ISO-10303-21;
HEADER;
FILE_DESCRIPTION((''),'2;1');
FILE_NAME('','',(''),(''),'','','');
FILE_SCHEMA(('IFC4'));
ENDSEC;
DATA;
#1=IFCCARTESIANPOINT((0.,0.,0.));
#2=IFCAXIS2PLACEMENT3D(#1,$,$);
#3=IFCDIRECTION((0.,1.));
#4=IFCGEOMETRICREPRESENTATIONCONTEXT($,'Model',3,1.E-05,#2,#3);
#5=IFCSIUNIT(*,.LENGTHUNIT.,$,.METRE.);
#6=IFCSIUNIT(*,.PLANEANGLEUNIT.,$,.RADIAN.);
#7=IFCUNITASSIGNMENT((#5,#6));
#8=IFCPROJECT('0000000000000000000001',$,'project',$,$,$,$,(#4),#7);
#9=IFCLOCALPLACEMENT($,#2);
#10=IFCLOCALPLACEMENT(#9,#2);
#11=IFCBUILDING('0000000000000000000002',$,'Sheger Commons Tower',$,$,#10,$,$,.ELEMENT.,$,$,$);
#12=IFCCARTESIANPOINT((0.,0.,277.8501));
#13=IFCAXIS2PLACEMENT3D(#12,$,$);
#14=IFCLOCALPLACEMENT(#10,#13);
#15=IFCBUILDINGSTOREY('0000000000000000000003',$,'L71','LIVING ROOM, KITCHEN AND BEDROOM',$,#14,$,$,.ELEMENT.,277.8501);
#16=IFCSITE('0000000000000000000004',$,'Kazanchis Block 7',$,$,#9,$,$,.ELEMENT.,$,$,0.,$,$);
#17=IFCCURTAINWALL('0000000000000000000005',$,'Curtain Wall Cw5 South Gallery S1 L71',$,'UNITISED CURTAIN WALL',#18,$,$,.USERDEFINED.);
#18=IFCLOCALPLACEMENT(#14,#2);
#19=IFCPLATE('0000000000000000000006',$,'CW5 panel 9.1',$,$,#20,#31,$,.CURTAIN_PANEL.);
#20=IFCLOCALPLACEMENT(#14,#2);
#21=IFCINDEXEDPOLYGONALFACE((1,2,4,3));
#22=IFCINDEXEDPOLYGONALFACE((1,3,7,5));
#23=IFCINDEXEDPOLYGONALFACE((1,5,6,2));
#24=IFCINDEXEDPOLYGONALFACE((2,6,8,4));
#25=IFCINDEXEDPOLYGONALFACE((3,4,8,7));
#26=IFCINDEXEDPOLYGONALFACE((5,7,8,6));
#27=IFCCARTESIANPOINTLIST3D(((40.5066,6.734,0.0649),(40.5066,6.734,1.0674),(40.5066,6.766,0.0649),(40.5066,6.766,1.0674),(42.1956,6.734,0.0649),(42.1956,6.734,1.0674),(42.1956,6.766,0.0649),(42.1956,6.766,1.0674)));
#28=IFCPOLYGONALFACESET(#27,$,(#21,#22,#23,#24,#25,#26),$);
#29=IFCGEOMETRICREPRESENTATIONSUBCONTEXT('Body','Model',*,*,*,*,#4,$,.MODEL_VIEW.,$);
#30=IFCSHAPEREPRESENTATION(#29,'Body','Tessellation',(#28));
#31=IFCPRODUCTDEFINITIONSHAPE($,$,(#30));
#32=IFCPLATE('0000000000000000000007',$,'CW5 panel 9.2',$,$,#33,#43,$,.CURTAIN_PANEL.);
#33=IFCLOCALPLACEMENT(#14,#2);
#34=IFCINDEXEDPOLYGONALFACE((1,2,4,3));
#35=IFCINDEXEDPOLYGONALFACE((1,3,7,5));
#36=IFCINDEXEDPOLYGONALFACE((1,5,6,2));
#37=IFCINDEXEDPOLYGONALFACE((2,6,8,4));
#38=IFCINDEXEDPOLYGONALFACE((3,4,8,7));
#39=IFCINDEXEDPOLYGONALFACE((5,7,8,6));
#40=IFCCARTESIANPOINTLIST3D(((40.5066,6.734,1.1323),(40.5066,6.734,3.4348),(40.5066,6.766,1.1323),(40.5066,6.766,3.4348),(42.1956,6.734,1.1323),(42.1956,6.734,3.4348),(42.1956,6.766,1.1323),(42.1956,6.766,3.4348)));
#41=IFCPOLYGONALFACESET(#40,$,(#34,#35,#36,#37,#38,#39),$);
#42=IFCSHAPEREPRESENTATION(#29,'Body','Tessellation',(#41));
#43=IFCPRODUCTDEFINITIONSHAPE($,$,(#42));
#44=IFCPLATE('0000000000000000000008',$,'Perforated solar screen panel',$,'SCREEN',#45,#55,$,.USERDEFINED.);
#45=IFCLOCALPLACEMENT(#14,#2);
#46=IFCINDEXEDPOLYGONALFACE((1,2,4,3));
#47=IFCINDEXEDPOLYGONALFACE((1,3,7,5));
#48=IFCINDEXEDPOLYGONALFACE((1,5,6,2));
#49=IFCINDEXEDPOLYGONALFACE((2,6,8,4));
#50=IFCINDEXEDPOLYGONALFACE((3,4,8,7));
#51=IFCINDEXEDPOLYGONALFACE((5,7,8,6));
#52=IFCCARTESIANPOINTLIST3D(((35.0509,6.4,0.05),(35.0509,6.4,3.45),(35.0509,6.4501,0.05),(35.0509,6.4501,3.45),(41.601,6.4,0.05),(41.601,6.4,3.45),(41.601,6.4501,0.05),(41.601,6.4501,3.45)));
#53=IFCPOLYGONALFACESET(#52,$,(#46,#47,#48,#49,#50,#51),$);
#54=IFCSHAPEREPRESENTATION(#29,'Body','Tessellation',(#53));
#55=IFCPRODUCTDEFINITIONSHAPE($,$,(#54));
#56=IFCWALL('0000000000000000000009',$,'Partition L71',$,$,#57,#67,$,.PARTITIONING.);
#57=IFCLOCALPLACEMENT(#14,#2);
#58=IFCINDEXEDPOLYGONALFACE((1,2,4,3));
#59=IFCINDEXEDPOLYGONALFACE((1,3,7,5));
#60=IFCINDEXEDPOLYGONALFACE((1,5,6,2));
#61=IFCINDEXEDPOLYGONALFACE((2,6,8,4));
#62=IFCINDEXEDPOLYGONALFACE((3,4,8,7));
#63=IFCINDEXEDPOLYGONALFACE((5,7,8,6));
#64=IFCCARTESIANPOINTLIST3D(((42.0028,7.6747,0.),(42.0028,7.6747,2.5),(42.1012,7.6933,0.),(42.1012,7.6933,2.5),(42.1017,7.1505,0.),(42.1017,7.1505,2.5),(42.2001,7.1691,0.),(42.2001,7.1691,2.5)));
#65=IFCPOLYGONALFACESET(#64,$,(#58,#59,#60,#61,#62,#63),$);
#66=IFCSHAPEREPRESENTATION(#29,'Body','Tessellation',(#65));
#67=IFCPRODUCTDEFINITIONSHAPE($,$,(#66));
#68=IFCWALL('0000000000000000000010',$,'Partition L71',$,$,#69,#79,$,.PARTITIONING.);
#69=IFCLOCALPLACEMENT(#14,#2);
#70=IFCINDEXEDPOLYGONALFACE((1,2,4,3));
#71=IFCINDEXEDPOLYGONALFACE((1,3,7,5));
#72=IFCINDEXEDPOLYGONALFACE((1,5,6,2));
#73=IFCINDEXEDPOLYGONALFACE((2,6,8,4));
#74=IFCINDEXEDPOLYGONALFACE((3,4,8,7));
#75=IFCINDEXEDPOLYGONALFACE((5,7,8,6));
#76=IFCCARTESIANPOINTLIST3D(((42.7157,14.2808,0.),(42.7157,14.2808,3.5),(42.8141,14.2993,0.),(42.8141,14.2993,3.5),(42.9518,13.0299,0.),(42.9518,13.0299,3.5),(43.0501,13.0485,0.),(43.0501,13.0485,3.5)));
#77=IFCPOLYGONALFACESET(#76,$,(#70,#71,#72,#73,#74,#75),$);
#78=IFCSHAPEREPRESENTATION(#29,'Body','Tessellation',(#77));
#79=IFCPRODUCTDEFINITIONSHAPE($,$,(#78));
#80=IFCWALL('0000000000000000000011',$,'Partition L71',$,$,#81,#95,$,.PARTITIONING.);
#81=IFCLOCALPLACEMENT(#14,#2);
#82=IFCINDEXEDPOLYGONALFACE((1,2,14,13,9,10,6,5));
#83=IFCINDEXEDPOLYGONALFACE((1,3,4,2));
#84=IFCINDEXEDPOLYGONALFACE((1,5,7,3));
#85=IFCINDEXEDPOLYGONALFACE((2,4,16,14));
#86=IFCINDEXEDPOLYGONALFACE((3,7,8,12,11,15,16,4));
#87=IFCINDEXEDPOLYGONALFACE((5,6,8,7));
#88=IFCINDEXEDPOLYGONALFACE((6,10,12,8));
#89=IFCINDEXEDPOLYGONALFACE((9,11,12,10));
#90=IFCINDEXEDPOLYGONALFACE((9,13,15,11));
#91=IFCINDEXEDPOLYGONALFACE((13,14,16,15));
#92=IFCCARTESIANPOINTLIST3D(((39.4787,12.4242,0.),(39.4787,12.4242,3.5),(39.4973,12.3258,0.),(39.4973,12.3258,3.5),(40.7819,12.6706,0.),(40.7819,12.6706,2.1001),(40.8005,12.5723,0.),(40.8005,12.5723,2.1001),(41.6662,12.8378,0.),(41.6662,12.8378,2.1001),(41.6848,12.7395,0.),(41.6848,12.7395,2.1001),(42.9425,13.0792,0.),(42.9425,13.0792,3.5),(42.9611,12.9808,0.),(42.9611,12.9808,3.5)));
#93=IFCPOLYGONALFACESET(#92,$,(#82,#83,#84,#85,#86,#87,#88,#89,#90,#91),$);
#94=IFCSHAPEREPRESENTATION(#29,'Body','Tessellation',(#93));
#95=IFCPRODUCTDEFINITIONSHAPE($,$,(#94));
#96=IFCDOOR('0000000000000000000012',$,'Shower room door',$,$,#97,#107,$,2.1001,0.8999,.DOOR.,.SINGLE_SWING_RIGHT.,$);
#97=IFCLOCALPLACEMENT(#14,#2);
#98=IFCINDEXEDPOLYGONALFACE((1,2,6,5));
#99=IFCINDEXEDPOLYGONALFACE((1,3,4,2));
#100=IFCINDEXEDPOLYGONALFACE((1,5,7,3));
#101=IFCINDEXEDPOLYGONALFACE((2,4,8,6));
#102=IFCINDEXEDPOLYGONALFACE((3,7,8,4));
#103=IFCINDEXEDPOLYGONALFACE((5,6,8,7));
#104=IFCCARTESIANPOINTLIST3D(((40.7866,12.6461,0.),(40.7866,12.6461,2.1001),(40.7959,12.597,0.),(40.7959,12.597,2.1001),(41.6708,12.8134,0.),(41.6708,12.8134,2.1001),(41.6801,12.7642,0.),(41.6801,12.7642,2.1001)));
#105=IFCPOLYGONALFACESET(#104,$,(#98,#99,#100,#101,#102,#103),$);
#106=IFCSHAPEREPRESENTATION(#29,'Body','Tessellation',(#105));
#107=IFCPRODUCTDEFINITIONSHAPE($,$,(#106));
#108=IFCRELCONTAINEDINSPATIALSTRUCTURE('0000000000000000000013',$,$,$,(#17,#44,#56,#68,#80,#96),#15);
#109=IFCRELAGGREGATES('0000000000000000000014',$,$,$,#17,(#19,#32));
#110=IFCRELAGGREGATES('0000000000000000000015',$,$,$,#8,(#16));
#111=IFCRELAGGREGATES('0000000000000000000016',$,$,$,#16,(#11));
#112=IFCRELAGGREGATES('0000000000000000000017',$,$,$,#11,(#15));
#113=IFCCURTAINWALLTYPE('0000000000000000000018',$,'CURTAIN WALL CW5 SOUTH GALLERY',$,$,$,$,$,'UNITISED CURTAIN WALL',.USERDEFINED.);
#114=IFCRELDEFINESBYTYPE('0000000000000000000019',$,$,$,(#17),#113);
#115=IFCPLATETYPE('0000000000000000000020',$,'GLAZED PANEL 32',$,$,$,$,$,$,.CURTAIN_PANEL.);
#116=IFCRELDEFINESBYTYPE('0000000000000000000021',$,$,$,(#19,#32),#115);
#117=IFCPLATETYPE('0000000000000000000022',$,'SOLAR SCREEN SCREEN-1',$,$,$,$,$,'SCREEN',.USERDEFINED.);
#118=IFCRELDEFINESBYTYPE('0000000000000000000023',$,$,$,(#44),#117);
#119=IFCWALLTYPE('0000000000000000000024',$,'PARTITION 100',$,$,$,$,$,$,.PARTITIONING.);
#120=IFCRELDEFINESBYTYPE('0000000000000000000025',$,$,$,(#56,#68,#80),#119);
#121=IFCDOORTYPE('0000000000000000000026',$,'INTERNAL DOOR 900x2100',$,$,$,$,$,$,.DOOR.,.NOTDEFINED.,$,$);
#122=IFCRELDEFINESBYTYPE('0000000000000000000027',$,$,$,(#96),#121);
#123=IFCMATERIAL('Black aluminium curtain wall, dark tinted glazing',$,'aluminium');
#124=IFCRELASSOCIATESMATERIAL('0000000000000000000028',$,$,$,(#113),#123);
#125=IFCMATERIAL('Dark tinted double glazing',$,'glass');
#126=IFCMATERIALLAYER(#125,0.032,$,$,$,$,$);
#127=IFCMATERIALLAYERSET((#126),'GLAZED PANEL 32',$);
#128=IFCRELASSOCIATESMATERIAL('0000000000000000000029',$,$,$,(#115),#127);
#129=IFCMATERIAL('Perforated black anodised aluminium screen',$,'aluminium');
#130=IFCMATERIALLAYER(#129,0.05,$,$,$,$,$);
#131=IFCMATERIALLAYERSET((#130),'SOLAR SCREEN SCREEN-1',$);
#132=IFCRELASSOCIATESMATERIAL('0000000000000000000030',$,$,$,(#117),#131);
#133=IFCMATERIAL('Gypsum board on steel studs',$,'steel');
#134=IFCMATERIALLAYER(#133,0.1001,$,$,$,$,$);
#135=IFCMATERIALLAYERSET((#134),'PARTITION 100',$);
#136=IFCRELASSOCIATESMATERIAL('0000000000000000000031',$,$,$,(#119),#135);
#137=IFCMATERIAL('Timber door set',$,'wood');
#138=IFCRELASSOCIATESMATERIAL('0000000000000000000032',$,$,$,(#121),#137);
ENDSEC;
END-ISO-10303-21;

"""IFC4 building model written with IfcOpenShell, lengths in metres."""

from ifc_helpers import new_model, si_unit, direction, frame, frame_2d, origin, origin_2d, place, context, subcontext, project, spatial, rectangle, extrude, material, layer, layer_set, type_object, element, fill, aggregate, save


model = new_model("IFC4")

# Units and contexts
model_context = context("Model", 3, precision=1e-05, world=origin(), true_north=direction((0.0, 1.0)))
body_context = subcontext(model_context, "Body", "Model", "MODEL_VIEW")
ifc_project = project(units=[si_unit("LENGTHUNIT", "METRE"), si_unit("PLANEANGLEUNIT", "RADIAN")], contexts=[model_context])

# Site, building, storey
site_placement = place(None, origin())
site = spatial("IfcSite", under=ifc_project, at=site_placement, Name="Kazanchis Block 7", CompositionType="ELEMENT", RefElevation=0.0)
building_placement = place(site_placement, origin())
building = spatial("IfcBuilding", under=site, at=building_placement, Name="Sheger Commons Tower", CompositionType="ELEMENT")
storey_placement = place(building_placement, frame((0.0, 0.0, 277.8501)))
storey = spatial("IfcBuildingStorey", under=building, at=storey_placement, Name="L71", Description="LIVING ROOM, KITCHEN AND BEDROOM", CompositionType="ELEMENT", Elevation=277.8501)

# Curtain wall, plates
ifc_material_1 = material(Name="Black aluminium curtain wall, dark tinted glazing", Category="aluminium")
curtain_wall_type = type_object("IfcCurtainWallType", Name="CURTAIN WALL CW5 SOUTH GALLERY", ElementType="UNITISED CURTAIN WALL", PredefinedType="USERDEFINED", material=ifc_material_1)
curtain_wall_placement = place(storey_placement, origin())
curtain_wall = element("IfcCurtainWall", 1, at=curtain_wall_placement, inside=storey, type_object=curtain_wall_type, Name="Curtain Wall Cw5 South Gallery S1 L71", ObjectType="UNITISED CURTAIN WALL", PredefinedType="USERDEFINED")
ifc_material_2 = material(Name="Dark tinted double glazing", Category="glass")
ifc_layer_1 = layer(ifc_material_2, 0.032)
ifc_layer_set_1 = layer_set([ifc_layer_1], Name="GLAZED PANEL 32")
plate_type_1 = type_object("IfcPlateType", Name="GLAZED PANEL 32", PredefinedType="CURTAIN_PANEL", material=ifc_layer_set_1)
plate_1_placement = place(storey_placement, frame((41.3511, 6.75, 0.0649), z_axis=(0.0, 0.0, 1.0), x_axis=(1.0, 0.0, 0.0)))
plate_1 = element("IfcPlate", 2, at=plate_1_placement, type_object=plate_type_1, Name="CW5 panel 9.1", PredefinedType="CURTAIN_PANEL", context=body_context, shape_type="SweptSolid", body=[
    extrude(rectangle(XDim=1.689, YDim=0.032, at=origin_2d()), origin(), (0.0, 0.0, 1.0), 1.0024),
])
plate_2_placement = place(storey_placement, frame((41.3511, 6.75, 1.1323), z_axis=(0.0, 0.0, 1.0), x_axis=(1.0, 0.0, 0.0)))
plate_2 = element("IfcPlate", 3, at=plate_2_placement, type_object=plate_type_1, Name="CW5 panel 9.2", PredefinedType="CURTAIN_PANEL", context=body_context, shape_type="SweptSolid", body=[
    extrude(rectangle(XDim=1.689, YDim=0.032, at=origin_2d()), origin(), (0.0, 0.0, 1.0), 2.3025),
])
aggregate(curtain_wall, [plate_1, plate_2])

# Plate
ifc_material_3 = material(Name="Perforated black anodised aluminium screen", Category="aluminium")
ifc_layer_2 = layer(ifc_material_3, 0.05)
ifc_layer_set_2 = layer_set([ifc_layer_2], Name="SOLAR SCREEN SCREEN-1")
plate_type_2 = type_object("IfcPlateType", Name="SOLAR SCREEN SCREEN-1", ElementType="SCREEN", PredefinedType="USERDEFINED", material=ifc_layer_set_2)
plate_3_placement = place(storey_placement, frame((38.3259, 6.425, 0.05), z_axis=(0.0, 0.0, 1.0), x_axis=(1.0, 0.0, 0.0)))
element("IfcPlate", 4, at=plate_3_placement, inside=storey, type_object=plate_type_2, Name="Perforated solar screen panel", ObjectType="SCREEN", PredefinedType="USERDEFINED", context=body_context, shape_type="SweptSolid", body=[
    extrude(rectangle(XDim=6.55, YDim=0.05, at=origin_2d()), origin(), (0.0, 0.0, 1.0), 3.3999),
])

# Walls
ifc_material_4 = material(Name="Gypsum board on steel studs", Category="steel")
ifc_layer_3 = layer(ifc_material_4, 0.1001)
ifc_layer_set_3 = layer_set([ifc_layer_3], Name="PARTITION 100")
wall_type = type_object("IfcWallType", Name="PARTITION 100", PredefinedType="PARTITIONING", material=ifc_layer_set_3)
wall_1_placement = place(storey_placement, frame((42.1509, 7.1599, 0.0), z_axis=(0.0, 0.0, 1.0), x_axis=(-0.185366, 0.98267, 0.0)))
element("IfcWall", 5, at=wall_1_placement, inside=storey, type_object=wall_type, Name="Partition L71", PredefinedType="PARTITIONING", context=body_context, shape_type="SweptSolid", body=[
    extrude(rectangle(XDim=0.5334, YDim=0.1001, at=frame_2d((0.2666, 0.0))), origin(), (0.0, 0.0, 1.0), 2.5),
])
wall_2_placement = place(storey_placement, frame((42.7649, 14.29, 0.0), z_axis=(0.0, 0.0, 1.0), x_axis=(0.185446, -0.982654, 0.0)))
element("IfcWall", 6, at=wall_2_placement, inside=storey, type_object=wall_type, Name="Partition L71", PredefinedType="PARTITIONING", context=body_context, shape_type="SweptSolid", body=[
    extrude(rectangle(XDim=1.2729, YDim=0.1001, at=frame_2d((0.6365, 0.0))), origin(), (0.0, 0.0, 1.0), 3.5),
])

# Wall, opening, door
wall_3_placement = place(storey_placement, frame((42.9519, 13.03, 0.0), z_axis=(0.0, 0.0, 1.0), x_axis=(-0.982586, -0.18581, 0.0)))
wall_3 = element("IfcWall", 7, at=wall_3_placement, inside=storey, type_object=wall_type, Name="Partition L71", PredefinedType="PARTITIONING", context=body_context, shape_type="SweptSolid", body=[
    extrude(rectangle(XDim=3.5251, YDim=0.1001, at=frame_2d((1.7627, 0.0))), origin(), (0.0, 0.0, 1.0), 3.5),
])
opening_placement = place(wall_3_placement, frame((1.2991, 0.0, 0.0)))
opening = element("IfcOpeningElement", 8, at=opening_placement, cuts=wall_3, PredefinedType="OPENING", context=body_context, shape_type="SweptSolid", body=[
    extrude(rectangle(XDim=0.8999, YDim=2.1001, at=frame_2d((0.45, 1.05))), frame((0.0, 0.0601, 0.0), z_axis=(0.0, -1.0, 0.0), x_axis=(1.0, 0.0, 0.0)), (0.0, 0.0, 1.0), 0.1201),
])
ifc_material_5 = material(Name="Timber door set", Category="wood")
door_type = type_object("IfcDoorType", Name="INTERNAL DOOR 900x2100", OperationType="NOTDEFINED", PredefinedType="DOOR", material=ifc_material_5)
door_placement = place(opening_placement, origin())
door = element("IfcDoor", 9, at=door_placement, inside=storey, type_object=door_type, Name="Shower room door", OperationType="SINGLE_SWING_RIGHT", OverallHeight=2.1001, OverallWidth=0.8999, PredefinedType="DOOR", context=body_context, shape_type="SweptSolid", body=[
    extrude(rectangle(XDim=0.8999, YDim=2.1001, at=frame_2d((0.45, 1.05))), frame((0.0, 0.0249, 0.0), z_axis=(0.0, -1.0, 0.0), x_axis=(1.0, 0.0, 0.0)), (0.0, 0.0, 1.0), 0.05),
])
fill(opening, door)

save(model, "model.ifc")
